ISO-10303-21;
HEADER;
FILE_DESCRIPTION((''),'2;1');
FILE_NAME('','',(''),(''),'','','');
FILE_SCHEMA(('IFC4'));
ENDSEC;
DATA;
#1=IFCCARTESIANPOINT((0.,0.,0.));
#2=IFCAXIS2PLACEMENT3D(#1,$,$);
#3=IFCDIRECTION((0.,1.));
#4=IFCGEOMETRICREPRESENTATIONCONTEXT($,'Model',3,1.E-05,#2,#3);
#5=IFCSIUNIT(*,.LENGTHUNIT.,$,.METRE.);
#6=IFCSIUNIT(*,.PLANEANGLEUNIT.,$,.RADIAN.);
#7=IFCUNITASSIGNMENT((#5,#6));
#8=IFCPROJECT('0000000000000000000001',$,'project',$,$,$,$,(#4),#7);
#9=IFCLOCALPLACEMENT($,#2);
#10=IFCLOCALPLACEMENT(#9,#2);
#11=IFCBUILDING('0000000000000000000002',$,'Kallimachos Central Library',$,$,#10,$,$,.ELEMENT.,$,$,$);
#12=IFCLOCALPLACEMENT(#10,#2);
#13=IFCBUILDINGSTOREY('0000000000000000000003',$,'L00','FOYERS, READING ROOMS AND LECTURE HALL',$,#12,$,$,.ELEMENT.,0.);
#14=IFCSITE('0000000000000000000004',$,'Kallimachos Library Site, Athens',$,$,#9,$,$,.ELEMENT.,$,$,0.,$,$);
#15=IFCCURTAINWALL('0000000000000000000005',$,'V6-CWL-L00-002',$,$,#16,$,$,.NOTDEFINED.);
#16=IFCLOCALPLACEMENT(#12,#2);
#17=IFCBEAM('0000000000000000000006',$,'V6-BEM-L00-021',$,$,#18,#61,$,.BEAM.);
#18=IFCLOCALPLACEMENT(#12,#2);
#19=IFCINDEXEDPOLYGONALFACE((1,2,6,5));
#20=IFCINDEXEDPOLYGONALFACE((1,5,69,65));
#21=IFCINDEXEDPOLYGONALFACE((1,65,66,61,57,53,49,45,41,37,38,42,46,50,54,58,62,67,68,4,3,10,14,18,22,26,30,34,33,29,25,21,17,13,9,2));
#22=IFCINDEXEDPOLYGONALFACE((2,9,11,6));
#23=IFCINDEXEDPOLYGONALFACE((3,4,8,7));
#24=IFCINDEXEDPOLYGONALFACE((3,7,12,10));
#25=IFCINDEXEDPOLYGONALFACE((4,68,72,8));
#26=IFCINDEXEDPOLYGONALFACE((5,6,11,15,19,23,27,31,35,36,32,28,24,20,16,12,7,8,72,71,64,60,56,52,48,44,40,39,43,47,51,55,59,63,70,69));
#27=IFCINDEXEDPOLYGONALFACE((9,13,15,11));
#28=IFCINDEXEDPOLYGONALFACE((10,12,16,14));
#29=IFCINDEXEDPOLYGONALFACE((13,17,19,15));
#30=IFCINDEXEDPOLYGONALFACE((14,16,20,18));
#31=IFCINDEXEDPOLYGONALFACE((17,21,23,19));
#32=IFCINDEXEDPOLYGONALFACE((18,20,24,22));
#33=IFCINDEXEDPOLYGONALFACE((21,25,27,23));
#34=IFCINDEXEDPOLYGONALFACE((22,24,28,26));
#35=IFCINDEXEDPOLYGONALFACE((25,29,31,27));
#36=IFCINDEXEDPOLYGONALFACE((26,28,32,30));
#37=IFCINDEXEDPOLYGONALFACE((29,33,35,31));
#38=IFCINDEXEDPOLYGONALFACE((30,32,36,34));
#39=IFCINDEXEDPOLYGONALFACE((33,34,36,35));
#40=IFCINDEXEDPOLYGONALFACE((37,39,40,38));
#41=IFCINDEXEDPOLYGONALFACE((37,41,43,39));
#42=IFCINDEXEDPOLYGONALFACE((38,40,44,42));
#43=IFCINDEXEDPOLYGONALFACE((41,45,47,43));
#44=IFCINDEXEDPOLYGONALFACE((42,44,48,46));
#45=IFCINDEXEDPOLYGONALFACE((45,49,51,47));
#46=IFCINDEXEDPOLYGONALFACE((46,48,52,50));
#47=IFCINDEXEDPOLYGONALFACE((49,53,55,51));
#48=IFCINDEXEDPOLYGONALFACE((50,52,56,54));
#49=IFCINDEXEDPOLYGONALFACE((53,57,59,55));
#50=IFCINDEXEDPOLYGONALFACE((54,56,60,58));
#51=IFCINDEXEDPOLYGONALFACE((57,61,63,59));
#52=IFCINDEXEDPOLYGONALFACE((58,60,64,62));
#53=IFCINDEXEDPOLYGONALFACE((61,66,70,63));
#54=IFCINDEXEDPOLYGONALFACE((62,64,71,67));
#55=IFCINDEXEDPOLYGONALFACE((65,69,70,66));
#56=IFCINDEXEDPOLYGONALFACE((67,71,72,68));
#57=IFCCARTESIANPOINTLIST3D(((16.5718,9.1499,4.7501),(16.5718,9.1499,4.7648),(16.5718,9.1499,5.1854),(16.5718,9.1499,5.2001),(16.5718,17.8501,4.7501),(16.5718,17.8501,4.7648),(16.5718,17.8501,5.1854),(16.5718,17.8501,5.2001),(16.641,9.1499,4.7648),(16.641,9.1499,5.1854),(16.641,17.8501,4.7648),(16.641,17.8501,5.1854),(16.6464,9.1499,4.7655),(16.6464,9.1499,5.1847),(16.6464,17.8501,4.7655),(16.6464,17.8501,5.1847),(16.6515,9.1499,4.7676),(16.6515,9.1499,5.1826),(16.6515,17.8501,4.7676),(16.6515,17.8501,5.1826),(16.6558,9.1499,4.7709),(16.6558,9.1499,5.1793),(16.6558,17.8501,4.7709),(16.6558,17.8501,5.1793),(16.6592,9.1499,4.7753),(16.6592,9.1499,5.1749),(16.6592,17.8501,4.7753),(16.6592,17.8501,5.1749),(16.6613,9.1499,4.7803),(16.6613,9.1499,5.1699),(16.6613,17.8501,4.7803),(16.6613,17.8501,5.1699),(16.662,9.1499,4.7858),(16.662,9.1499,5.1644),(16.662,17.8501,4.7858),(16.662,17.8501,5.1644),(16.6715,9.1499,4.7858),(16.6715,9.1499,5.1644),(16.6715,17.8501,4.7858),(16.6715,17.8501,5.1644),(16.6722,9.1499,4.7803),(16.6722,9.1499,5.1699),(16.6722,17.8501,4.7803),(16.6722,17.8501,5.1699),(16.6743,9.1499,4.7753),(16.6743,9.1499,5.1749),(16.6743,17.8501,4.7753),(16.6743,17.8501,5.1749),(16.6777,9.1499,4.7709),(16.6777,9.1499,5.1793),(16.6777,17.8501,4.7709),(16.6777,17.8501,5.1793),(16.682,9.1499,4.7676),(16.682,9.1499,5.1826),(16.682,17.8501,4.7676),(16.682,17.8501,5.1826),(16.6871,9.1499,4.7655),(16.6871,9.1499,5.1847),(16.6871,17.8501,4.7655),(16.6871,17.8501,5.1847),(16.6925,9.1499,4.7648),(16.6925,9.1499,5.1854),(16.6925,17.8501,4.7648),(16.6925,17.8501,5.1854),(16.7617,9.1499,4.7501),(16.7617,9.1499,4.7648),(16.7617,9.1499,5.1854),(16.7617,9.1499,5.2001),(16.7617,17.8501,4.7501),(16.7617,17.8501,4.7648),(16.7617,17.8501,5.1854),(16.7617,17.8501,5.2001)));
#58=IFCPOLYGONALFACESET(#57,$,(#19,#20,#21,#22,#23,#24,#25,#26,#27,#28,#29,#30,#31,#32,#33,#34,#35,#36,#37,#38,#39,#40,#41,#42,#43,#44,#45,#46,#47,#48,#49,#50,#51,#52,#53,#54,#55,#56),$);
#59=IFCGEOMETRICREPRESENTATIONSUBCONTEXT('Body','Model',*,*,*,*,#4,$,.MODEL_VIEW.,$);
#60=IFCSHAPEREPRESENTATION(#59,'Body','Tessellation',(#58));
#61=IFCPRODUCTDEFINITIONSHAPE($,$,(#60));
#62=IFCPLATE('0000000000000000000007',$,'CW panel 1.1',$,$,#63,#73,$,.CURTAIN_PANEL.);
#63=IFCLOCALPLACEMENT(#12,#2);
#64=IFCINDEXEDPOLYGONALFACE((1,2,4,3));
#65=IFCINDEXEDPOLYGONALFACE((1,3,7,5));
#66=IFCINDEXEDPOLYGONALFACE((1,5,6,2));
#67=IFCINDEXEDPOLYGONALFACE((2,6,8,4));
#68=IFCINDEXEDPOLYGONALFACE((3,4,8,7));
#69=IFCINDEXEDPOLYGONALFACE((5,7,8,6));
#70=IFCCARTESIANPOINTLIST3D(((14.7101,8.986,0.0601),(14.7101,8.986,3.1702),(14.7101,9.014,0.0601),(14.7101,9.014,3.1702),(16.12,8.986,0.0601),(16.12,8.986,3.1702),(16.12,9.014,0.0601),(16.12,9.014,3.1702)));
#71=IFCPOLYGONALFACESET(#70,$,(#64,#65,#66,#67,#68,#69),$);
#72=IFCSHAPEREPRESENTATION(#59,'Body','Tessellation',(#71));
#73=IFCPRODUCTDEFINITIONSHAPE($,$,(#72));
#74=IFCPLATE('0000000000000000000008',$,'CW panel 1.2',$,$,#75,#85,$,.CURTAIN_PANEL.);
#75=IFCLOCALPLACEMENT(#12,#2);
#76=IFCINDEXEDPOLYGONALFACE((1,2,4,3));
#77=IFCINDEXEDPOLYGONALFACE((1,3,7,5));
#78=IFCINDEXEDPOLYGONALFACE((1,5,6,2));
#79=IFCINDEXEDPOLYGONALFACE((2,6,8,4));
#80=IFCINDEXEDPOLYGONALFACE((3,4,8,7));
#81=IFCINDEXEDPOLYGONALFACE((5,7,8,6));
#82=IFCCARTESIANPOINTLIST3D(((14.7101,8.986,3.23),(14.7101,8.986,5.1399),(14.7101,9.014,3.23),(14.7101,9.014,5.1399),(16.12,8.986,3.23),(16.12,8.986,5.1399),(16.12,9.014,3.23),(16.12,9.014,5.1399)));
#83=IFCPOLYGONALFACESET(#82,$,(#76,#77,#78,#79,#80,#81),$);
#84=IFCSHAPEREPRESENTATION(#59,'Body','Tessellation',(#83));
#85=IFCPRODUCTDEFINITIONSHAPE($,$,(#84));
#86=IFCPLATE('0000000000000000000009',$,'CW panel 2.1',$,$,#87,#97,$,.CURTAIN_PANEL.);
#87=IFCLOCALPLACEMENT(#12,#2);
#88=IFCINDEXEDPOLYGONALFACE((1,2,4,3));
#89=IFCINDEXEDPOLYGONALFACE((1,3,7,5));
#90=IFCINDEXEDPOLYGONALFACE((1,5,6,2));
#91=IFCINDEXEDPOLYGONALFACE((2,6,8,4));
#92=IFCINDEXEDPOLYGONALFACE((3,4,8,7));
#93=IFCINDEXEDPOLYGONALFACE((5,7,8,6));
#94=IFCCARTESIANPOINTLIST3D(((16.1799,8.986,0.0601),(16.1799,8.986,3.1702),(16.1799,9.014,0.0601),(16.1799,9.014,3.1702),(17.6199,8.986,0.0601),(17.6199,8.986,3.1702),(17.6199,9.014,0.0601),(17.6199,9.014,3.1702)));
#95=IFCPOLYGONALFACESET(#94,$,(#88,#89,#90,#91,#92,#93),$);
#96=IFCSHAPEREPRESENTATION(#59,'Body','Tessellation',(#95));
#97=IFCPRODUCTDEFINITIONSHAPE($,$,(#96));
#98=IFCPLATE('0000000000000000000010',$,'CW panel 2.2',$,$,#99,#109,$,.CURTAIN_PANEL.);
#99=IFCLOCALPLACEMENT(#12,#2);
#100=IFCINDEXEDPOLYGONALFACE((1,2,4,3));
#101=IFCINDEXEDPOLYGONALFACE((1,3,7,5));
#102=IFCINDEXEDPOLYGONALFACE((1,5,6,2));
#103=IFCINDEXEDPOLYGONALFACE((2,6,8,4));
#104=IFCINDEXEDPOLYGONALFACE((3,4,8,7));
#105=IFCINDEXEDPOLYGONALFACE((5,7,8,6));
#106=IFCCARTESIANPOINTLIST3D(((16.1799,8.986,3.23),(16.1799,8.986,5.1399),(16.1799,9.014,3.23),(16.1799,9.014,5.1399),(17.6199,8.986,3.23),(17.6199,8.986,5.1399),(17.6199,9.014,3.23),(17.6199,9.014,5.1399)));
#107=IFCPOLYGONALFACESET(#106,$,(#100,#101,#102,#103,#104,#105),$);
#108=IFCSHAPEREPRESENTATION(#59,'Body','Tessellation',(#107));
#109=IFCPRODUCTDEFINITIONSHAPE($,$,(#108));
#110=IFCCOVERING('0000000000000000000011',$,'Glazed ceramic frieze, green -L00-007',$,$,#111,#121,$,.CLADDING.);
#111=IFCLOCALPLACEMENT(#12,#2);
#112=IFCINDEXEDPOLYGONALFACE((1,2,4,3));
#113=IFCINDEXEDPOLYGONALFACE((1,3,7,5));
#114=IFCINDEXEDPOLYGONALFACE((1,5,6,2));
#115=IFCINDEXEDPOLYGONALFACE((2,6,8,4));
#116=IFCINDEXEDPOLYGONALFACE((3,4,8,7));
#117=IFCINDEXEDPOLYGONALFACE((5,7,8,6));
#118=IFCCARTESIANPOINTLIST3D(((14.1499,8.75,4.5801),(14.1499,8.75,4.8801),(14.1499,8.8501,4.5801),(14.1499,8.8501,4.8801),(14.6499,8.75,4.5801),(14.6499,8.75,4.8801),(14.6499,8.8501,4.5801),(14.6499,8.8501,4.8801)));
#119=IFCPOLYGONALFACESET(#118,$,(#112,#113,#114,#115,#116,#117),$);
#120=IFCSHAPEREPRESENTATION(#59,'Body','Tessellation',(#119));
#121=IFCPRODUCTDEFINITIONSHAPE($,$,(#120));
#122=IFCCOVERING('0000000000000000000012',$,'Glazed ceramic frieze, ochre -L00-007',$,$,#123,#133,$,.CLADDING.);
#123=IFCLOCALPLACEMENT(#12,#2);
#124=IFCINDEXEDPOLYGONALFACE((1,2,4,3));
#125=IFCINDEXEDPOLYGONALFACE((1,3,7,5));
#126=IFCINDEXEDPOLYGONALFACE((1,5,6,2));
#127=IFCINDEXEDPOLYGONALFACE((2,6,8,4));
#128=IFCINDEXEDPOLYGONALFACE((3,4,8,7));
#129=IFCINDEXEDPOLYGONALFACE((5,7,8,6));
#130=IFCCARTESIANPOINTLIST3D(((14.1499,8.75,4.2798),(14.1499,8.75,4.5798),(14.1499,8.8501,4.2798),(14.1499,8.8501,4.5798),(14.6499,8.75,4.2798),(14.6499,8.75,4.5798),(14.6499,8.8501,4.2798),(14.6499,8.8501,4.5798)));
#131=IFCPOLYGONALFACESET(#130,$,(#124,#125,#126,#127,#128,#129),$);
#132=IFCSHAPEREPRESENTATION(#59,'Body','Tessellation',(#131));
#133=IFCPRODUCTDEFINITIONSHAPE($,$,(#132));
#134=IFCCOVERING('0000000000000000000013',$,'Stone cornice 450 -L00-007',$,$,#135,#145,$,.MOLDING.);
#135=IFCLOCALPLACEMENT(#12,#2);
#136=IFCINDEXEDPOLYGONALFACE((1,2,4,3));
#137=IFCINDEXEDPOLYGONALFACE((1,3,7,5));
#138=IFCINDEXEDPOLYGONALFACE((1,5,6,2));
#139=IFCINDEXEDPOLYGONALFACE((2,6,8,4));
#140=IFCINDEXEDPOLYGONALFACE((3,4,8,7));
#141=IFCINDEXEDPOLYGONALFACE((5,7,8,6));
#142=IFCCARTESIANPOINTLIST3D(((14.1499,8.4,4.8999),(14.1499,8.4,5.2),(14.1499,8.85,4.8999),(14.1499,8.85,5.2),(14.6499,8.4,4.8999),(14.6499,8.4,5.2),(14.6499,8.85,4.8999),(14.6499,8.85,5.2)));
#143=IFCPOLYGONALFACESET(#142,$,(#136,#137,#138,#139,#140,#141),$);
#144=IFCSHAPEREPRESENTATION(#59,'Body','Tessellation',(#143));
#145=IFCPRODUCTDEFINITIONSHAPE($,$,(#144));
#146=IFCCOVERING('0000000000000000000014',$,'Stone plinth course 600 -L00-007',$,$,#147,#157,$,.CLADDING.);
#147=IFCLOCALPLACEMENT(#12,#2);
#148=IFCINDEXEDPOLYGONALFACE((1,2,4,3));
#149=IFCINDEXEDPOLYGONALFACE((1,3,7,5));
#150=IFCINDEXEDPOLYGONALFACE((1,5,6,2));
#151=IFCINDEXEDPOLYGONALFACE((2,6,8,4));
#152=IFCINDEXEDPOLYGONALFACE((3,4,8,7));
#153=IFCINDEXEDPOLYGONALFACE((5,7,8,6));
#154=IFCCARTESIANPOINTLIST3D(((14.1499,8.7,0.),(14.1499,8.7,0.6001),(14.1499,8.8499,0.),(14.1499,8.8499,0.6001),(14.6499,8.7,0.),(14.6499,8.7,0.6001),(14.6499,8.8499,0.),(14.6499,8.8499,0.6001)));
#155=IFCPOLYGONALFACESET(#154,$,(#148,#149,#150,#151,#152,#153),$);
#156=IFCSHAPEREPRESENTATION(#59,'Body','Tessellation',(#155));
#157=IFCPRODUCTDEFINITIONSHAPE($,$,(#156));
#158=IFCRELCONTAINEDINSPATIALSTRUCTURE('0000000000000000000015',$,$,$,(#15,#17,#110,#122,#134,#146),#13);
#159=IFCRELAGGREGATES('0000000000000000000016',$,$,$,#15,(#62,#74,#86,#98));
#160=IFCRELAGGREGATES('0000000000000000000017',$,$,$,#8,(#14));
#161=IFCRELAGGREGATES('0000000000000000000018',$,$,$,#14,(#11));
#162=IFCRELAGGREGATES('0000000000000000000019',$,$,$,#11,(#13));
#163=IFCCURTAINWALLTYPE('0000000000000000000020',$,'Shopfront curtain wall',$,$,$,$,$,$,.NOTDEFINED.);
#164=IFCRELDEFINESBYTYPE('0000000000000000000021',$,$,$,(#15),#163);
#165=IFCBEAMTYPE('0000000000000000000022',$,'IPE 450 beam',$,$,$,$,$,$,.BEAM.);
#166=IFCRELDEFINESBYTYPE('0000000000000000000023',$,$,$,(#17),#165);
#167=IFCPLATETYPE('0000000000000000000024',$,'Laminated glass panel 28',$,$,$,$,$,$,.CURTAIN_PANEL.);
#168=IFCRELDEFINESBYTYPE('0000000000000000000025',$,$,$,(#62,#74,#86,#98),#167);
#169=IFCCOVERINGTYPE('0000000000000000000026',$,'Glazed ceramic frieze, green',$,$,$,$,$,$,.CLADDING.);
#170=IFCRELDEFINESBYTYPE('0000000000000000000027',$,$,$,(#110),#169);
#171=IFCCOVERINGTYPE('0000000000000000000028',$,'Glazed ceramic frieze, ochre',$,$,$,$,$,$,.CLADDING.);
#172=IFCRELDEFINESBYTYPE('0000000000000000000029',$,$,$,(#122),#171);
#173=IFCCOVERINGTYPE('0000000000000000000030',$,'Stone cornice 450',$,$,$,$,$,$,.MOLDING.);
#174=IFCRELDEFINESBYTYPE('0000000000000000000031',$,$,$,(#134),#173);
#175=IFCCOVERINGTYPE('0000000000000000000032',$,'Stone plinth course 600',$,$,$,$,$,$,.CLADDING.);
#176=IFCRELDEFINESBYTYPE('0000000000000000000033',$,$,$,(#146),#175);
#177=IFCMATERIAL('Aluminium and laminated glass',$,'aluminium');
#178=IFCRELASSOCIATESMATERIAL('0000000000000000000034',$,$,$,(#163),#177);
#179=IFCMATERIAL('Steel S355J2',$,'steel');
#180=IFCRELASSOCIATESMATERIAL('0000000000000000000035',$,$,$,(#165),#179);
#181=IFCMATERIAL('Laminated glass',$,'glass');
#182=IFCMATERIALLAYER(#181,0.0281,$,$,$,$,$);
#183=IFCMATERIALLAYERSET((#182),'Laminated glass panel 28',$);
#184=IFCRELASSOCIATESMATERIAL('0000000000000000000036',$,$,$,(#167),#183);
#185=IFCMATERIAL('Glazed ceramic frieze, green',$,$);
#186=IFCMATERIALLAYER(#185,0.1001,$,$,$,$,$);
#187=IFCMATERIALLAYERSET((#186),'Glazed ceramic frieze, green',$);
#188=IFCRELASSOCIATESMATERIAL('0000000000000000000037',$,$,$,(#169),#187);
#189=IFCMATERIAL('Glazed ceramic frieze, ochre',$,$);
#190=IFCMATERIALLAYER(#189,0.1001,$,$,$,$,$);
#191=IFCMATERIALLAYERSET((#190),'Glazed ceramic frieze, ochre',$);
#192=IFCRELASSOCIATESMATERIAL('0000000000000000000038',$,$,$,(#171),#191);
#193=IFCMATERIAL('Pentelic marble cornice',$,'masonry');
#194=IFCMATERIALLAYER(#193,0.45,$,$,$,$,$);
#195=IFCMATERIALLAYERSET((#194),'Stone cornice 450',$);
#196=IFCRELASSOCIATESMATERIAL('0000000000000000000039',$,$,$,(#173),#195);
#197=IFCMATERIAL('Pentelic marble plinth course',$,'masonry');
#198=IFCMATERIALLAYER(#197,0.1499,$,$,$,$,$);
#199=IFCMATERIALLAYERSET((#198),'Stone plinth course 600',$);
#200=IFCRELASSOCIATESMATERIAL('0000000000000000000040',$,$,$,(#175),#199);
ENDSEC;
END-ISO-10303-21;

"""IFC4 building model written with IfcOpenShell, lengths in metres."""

from ifc_helpers import new_model, si_unit, direction, frame, origin, origin_2d, place, context, subcontext, project, spatial, rectangle, i_section, extrude, material, layer, layer_set, material_profile, profile_set, type_object, element, aggregate, save


model = new_model("IFC4")

# Units and contexts
model_context = context("Model", 3, precision=1e-05, world=origin(), true_north=direction((0.0, 1.0)))
body_context = subcontext(model_context, "Body", "Model", "MODEL_VIEW")
ifc_project = project(units=[si_unit("LENGTHUNIT", "METRE"), si_unit("PLANEANGLEUNIT", "RADIAN")], contexts=[model_context])

# Site, building, storey
site_placement = place(None, origin())
site = spatial("IfcSite", under=ifc_project, at=site_placement, Name="Kallimachos Library Site, Athens", CompositionType="ELEMENT", RefElevation=0.0)
building_placement = place(site_placement, origin())
building = spatial("IfcBuilding", under=site, at=building_placement, Name="Kallimachos Central Library", CompositionType="ELEMENT")
storey_placement = place(building_placement, origin())
storey = spatial("IfcBuildingStorey", under=building, at=storey_placement, Name="L00", Description="FOYERS, READING ROOMS AND LECTURE HALL", CompositionType="ELEMENT", Elevation=0.0)

# Curtain wall
ifc_material_1 = material(Name="Aluminium and laminated glass", Category="aluminium")
curtain_wall_type = type_object("IfcCurtainWallType", Name="Shopfront curtain wall", PredefinedType="NOTDEFINED", material=ifc_material_1)
curtain_wall_placement = place(storey_placement, origin())
curtain_wall = element("IfcCurtainWall", 1, at=curtain_wall_placement, inside=storey, type_object=curtain_wall_type, Name="V6-CWL-L00-002", PredefinedType="NOTDEFINED")

# Beam
ifc_material_2 = material(Name="Steel S355J2", Category="steel")
ifc_material_profile_1 = material_profile(ifc_material_2, i_section(OverallWidth=0.1899, OverallDepth=0.45, WebThickness=0.0095, FlangeThickness=0.0146, FilletRadius=0.021, at=origin_2d()), Name="IPE 450")
ifc_profile_set_1 = profile_set([ifc_material_profile_1], Name="Steel S355J2")
beam_type = type_object("IfcBeamType", Name="IPE 450 beam", PredefinedType="BEAM", material=ifc_profile_set_1)
beam_placement = place(storey_placement, frame((16.6667, 9.1499, 4.9751), z_axis=(0.0, 1.0, 0.0), x_axis=(-1.0, 0.0, 0.0)))
element("IfcBeam", 2, at=beam_placement, inside=storey, type_object=beam_type, Name="V6-BEM-L00-021", PredefinedType="BEAM", context=body_context, shape_type="SweptSolid", body=[
    extrude(i_section(OverallWidth=0.1899, OverallDepth=0.45, WebThickness=0.0095, FlangeThickness=0.0146, FilletRadius=0.021, at=origin_2d()), origin(), (0.0, 0.0, 1.0), 8.7002),
])

# Plates
ifc_material_3 = material(Name="Laminated glass", Category="glass")
ifc_layer_1 = layer(ifc_material_3, 0.0281)
ifc_layer_set_1 = layer_set([ifc_layer_1], Name="Laminated glass panel 28")
plate_type = type_object("IfcPlateType", Name="Laminated glass panel 28", PredefinedType="CURTAIN_PANEL", material=ifc_layer_set_1)
plate_1_placement = place(storey_placement, frame((15.415, 9.0, 0.0601), z_axis=(0.0, 0.0, 1.0), x_axis=(1.0, 0.0, 0.0)))
plate_1 = element("IfcPlate", 3, at=plate_1_placement, type_object=plate_type, Name="CW panel 1.1", PredefinedType="CURTAIN_PANEL", context=body_context, shape_type="SweptSolid", body=[
    extrude(rectangle(XDim=1.4099, YDim=0.0281, at=origin_2d()), origin(), (0.0, 0.0, 1.0), 3.1101),
])
plate_2_placement = place(storey_placement, frame((15.415, 9.0, 3.23), z_axis=(0.0, 0.0, 1.0), x_axis=(1.0, 0.0, 0.0)))
plate_2 = element("IfcPlate", 4, at=plate_2_placement, type_object=plate_type, Name="CW panel 1.2", PredefinedType="CURTAIN_PANEL", context=body_context, shape_type="SweptSolid", body=[
    extrude(rectangle(XDim=1.4099, YDim=0.0281, at=origin_2d()), origin(), (0.0, 0.0, 1.0), 1.9099),
])
plate_3_placement = place(storey_placement, frame((16.8999, 9.0, 0.0601), z_axis=(0.0, 0.0, 1.0), x_axis=(1.0, 0.0, 0.0)))
plate_3 = element("IfcPlate", 5, at=plate_3_placement, type_object=plate_type, Name="CW panel 2.1", PredefinedType="CURTAIN_PANEL", context=body_context, shape_type="SweptSolid", body=[
    extrude(rectangle(XDim=1.4399, YDim=0.0281, at=origin_2d()), origin(), (0.0, 0.0, 1.0), 3.1101),
])
plate_4_placement = place(storey_placement, frame((16.8999, 9.0, 3.23), z_axis=(0.0, 0.0, 1.0), x_axis=(1.0, 0.0, 0.0)))
plate_4 = element("IfcPlate", 6, at=plate_4_placement, type_object=plate_type, Name="CW panel 2.2", PredefinedType="CURTAIN_PANEL", context=body_context, shape_type="SweptSolid", body=[
    extrude(rectangle(XDim=1.4399, YDim=0.0281, at=origin_2d()), origin(), (0.0, 0.0, 1.0), 1.9099),
])
aggregate(curtain_wall, [plate_1, plate_2, plate_3, plate_4])

# Coverings
ifc_material_4 = material(Name="Glazed ceramic frieze, green")
ifc_layer_2 = layer(ifc_material_4, 0.1001)
ifc_layer_set_2 = layer_set([ifc_layer_2], Name="Glazed ceramic frieze, green")
covering_type_1 = type_object("IfcCoveringType", Name="Glazed ceramic frieze, green", PredefinedType="CLADDING", material=ifc_layer_set_2)
covering_1_placement = place(storey_placement, frame((14.3999, 8.8, 4.5801), z_axis=(0.0, 0.0, 1.0), x_axis=(1.0, 0.0, 0.0)))
element("IfcCovering", 7, at=covering_1_placement, inside=storey, type_object=covering_type_1, Name="Glazed ceramic frieze, green -L00-007", PredefinedType="CLADDING", context=body_context, shape_type="SweptSolid", body=[
    extrude(rectangle(XDim=0.5, YDim=0.1001, at=origin_2d()), origin(), (0.0, 0.0, 1.0), 0.3),
])
ifc_material_5 = material(Name="Glazed ceramic frieze, ochre")
ifc_layer_3 = layer(ifc_material_5, 0.1001)
ifc_layer_set_3 = layer_set([ifc_layer_3], Name="Glazed ceramic frieze, ochre")
covering_type_2 = type_object("IfcCoveringType", Name="Glazed ceramic frieze, ochre", PredefinedType="CLADDING", material=ifc_layer_set_3)
covering_2_placement = place(storey_placement, frame((14.3999, 8.8, 4.2798), z_axis=(0.0, 0.0, 1.0), x_axis=(1.0, 0.0, 0.0)))
element("IfcCovering", 8, at=covering_2_placement, inside=storey, type_object=covering_type_2, Name="Glazed ceramic frieze, ochre -L00-007", PredefinedType="CLADDING", context=body_context, shape_type="SweptSolid", body=[
    extrude(rectangle(XDim=0.5, YDim=0.1001, at=origin_2d()), origin(), (0.0, 0.0, 1.0), 0.3),
])
ifc_material_6 = material(Name="Pentelic marble cornice", Category="masonry")
ifc_layer_4 = layer(ifc_material_6, 0.45)
ifc_layer_set_4 = layer_set([ifc_layer_4], Name="Stone cornice 450")
covering_type_3 = type_object("IfcCoveringType", Name="Stone cornice 450", PredefinedType="MOLDING", material=ifc_layer_set_4)
covering_3_placement = place(storey_placement, frame((14.3999, 8.625, 4.8999), z_axis=(0.0, 0.0, 1.0), x_axis=(1.0, 0.0, 0.0)))
element("IfcCovering", 9, at=covering_3_placement, inside=storey, type_object=covering_type_3, Name="Stone cornice 450 -L00-007", PredefinedType="MOLDING", context=body_context, shape_type="SweptSolid", body=[
    extrude(rectangle(XDim=0.5, YDim=0.45, at=origin_2d()), origin(), (0.0, 0.0, 1.0), 0.3),
])
ifc_material_7 = material(Name="Pentelic marble plinth course", Category="masonry")
ifc_layer_5 = layer(ifc_material_7, 0.1499)
ifc_layer_set_5 = layer_set([ifc_layer_5], Name="Stone plinth course 600")
covering_type_4 = type_object("IfcCoveringType", Name="Stone plinth course 600", PredefinedType="CLADDING", material=ifc_layer_set_5)
covering_4_placement = place(storey_placement, frame((14.3999, 8.7749, 0.0), z_axis=(0.0, 0.0, 1.0), x_axis=(1.0, 0.0, 0.0)))
element("IfcCovering", 10, at=covering_4_placement, inside=storey, type_object=covering_type_4, Name="Stone plinth course 600 -L00-007", PredefinedType="CLADDING", context=body_context, shape_type="SweptSolid", body=[
    extrude(rectangle(XDim=0.5, YDim=0.1499, at=origin_2d()), origin(), (0.0, 0.0, 1.0), 0.6001),
])

save(model, "model.ifc")
